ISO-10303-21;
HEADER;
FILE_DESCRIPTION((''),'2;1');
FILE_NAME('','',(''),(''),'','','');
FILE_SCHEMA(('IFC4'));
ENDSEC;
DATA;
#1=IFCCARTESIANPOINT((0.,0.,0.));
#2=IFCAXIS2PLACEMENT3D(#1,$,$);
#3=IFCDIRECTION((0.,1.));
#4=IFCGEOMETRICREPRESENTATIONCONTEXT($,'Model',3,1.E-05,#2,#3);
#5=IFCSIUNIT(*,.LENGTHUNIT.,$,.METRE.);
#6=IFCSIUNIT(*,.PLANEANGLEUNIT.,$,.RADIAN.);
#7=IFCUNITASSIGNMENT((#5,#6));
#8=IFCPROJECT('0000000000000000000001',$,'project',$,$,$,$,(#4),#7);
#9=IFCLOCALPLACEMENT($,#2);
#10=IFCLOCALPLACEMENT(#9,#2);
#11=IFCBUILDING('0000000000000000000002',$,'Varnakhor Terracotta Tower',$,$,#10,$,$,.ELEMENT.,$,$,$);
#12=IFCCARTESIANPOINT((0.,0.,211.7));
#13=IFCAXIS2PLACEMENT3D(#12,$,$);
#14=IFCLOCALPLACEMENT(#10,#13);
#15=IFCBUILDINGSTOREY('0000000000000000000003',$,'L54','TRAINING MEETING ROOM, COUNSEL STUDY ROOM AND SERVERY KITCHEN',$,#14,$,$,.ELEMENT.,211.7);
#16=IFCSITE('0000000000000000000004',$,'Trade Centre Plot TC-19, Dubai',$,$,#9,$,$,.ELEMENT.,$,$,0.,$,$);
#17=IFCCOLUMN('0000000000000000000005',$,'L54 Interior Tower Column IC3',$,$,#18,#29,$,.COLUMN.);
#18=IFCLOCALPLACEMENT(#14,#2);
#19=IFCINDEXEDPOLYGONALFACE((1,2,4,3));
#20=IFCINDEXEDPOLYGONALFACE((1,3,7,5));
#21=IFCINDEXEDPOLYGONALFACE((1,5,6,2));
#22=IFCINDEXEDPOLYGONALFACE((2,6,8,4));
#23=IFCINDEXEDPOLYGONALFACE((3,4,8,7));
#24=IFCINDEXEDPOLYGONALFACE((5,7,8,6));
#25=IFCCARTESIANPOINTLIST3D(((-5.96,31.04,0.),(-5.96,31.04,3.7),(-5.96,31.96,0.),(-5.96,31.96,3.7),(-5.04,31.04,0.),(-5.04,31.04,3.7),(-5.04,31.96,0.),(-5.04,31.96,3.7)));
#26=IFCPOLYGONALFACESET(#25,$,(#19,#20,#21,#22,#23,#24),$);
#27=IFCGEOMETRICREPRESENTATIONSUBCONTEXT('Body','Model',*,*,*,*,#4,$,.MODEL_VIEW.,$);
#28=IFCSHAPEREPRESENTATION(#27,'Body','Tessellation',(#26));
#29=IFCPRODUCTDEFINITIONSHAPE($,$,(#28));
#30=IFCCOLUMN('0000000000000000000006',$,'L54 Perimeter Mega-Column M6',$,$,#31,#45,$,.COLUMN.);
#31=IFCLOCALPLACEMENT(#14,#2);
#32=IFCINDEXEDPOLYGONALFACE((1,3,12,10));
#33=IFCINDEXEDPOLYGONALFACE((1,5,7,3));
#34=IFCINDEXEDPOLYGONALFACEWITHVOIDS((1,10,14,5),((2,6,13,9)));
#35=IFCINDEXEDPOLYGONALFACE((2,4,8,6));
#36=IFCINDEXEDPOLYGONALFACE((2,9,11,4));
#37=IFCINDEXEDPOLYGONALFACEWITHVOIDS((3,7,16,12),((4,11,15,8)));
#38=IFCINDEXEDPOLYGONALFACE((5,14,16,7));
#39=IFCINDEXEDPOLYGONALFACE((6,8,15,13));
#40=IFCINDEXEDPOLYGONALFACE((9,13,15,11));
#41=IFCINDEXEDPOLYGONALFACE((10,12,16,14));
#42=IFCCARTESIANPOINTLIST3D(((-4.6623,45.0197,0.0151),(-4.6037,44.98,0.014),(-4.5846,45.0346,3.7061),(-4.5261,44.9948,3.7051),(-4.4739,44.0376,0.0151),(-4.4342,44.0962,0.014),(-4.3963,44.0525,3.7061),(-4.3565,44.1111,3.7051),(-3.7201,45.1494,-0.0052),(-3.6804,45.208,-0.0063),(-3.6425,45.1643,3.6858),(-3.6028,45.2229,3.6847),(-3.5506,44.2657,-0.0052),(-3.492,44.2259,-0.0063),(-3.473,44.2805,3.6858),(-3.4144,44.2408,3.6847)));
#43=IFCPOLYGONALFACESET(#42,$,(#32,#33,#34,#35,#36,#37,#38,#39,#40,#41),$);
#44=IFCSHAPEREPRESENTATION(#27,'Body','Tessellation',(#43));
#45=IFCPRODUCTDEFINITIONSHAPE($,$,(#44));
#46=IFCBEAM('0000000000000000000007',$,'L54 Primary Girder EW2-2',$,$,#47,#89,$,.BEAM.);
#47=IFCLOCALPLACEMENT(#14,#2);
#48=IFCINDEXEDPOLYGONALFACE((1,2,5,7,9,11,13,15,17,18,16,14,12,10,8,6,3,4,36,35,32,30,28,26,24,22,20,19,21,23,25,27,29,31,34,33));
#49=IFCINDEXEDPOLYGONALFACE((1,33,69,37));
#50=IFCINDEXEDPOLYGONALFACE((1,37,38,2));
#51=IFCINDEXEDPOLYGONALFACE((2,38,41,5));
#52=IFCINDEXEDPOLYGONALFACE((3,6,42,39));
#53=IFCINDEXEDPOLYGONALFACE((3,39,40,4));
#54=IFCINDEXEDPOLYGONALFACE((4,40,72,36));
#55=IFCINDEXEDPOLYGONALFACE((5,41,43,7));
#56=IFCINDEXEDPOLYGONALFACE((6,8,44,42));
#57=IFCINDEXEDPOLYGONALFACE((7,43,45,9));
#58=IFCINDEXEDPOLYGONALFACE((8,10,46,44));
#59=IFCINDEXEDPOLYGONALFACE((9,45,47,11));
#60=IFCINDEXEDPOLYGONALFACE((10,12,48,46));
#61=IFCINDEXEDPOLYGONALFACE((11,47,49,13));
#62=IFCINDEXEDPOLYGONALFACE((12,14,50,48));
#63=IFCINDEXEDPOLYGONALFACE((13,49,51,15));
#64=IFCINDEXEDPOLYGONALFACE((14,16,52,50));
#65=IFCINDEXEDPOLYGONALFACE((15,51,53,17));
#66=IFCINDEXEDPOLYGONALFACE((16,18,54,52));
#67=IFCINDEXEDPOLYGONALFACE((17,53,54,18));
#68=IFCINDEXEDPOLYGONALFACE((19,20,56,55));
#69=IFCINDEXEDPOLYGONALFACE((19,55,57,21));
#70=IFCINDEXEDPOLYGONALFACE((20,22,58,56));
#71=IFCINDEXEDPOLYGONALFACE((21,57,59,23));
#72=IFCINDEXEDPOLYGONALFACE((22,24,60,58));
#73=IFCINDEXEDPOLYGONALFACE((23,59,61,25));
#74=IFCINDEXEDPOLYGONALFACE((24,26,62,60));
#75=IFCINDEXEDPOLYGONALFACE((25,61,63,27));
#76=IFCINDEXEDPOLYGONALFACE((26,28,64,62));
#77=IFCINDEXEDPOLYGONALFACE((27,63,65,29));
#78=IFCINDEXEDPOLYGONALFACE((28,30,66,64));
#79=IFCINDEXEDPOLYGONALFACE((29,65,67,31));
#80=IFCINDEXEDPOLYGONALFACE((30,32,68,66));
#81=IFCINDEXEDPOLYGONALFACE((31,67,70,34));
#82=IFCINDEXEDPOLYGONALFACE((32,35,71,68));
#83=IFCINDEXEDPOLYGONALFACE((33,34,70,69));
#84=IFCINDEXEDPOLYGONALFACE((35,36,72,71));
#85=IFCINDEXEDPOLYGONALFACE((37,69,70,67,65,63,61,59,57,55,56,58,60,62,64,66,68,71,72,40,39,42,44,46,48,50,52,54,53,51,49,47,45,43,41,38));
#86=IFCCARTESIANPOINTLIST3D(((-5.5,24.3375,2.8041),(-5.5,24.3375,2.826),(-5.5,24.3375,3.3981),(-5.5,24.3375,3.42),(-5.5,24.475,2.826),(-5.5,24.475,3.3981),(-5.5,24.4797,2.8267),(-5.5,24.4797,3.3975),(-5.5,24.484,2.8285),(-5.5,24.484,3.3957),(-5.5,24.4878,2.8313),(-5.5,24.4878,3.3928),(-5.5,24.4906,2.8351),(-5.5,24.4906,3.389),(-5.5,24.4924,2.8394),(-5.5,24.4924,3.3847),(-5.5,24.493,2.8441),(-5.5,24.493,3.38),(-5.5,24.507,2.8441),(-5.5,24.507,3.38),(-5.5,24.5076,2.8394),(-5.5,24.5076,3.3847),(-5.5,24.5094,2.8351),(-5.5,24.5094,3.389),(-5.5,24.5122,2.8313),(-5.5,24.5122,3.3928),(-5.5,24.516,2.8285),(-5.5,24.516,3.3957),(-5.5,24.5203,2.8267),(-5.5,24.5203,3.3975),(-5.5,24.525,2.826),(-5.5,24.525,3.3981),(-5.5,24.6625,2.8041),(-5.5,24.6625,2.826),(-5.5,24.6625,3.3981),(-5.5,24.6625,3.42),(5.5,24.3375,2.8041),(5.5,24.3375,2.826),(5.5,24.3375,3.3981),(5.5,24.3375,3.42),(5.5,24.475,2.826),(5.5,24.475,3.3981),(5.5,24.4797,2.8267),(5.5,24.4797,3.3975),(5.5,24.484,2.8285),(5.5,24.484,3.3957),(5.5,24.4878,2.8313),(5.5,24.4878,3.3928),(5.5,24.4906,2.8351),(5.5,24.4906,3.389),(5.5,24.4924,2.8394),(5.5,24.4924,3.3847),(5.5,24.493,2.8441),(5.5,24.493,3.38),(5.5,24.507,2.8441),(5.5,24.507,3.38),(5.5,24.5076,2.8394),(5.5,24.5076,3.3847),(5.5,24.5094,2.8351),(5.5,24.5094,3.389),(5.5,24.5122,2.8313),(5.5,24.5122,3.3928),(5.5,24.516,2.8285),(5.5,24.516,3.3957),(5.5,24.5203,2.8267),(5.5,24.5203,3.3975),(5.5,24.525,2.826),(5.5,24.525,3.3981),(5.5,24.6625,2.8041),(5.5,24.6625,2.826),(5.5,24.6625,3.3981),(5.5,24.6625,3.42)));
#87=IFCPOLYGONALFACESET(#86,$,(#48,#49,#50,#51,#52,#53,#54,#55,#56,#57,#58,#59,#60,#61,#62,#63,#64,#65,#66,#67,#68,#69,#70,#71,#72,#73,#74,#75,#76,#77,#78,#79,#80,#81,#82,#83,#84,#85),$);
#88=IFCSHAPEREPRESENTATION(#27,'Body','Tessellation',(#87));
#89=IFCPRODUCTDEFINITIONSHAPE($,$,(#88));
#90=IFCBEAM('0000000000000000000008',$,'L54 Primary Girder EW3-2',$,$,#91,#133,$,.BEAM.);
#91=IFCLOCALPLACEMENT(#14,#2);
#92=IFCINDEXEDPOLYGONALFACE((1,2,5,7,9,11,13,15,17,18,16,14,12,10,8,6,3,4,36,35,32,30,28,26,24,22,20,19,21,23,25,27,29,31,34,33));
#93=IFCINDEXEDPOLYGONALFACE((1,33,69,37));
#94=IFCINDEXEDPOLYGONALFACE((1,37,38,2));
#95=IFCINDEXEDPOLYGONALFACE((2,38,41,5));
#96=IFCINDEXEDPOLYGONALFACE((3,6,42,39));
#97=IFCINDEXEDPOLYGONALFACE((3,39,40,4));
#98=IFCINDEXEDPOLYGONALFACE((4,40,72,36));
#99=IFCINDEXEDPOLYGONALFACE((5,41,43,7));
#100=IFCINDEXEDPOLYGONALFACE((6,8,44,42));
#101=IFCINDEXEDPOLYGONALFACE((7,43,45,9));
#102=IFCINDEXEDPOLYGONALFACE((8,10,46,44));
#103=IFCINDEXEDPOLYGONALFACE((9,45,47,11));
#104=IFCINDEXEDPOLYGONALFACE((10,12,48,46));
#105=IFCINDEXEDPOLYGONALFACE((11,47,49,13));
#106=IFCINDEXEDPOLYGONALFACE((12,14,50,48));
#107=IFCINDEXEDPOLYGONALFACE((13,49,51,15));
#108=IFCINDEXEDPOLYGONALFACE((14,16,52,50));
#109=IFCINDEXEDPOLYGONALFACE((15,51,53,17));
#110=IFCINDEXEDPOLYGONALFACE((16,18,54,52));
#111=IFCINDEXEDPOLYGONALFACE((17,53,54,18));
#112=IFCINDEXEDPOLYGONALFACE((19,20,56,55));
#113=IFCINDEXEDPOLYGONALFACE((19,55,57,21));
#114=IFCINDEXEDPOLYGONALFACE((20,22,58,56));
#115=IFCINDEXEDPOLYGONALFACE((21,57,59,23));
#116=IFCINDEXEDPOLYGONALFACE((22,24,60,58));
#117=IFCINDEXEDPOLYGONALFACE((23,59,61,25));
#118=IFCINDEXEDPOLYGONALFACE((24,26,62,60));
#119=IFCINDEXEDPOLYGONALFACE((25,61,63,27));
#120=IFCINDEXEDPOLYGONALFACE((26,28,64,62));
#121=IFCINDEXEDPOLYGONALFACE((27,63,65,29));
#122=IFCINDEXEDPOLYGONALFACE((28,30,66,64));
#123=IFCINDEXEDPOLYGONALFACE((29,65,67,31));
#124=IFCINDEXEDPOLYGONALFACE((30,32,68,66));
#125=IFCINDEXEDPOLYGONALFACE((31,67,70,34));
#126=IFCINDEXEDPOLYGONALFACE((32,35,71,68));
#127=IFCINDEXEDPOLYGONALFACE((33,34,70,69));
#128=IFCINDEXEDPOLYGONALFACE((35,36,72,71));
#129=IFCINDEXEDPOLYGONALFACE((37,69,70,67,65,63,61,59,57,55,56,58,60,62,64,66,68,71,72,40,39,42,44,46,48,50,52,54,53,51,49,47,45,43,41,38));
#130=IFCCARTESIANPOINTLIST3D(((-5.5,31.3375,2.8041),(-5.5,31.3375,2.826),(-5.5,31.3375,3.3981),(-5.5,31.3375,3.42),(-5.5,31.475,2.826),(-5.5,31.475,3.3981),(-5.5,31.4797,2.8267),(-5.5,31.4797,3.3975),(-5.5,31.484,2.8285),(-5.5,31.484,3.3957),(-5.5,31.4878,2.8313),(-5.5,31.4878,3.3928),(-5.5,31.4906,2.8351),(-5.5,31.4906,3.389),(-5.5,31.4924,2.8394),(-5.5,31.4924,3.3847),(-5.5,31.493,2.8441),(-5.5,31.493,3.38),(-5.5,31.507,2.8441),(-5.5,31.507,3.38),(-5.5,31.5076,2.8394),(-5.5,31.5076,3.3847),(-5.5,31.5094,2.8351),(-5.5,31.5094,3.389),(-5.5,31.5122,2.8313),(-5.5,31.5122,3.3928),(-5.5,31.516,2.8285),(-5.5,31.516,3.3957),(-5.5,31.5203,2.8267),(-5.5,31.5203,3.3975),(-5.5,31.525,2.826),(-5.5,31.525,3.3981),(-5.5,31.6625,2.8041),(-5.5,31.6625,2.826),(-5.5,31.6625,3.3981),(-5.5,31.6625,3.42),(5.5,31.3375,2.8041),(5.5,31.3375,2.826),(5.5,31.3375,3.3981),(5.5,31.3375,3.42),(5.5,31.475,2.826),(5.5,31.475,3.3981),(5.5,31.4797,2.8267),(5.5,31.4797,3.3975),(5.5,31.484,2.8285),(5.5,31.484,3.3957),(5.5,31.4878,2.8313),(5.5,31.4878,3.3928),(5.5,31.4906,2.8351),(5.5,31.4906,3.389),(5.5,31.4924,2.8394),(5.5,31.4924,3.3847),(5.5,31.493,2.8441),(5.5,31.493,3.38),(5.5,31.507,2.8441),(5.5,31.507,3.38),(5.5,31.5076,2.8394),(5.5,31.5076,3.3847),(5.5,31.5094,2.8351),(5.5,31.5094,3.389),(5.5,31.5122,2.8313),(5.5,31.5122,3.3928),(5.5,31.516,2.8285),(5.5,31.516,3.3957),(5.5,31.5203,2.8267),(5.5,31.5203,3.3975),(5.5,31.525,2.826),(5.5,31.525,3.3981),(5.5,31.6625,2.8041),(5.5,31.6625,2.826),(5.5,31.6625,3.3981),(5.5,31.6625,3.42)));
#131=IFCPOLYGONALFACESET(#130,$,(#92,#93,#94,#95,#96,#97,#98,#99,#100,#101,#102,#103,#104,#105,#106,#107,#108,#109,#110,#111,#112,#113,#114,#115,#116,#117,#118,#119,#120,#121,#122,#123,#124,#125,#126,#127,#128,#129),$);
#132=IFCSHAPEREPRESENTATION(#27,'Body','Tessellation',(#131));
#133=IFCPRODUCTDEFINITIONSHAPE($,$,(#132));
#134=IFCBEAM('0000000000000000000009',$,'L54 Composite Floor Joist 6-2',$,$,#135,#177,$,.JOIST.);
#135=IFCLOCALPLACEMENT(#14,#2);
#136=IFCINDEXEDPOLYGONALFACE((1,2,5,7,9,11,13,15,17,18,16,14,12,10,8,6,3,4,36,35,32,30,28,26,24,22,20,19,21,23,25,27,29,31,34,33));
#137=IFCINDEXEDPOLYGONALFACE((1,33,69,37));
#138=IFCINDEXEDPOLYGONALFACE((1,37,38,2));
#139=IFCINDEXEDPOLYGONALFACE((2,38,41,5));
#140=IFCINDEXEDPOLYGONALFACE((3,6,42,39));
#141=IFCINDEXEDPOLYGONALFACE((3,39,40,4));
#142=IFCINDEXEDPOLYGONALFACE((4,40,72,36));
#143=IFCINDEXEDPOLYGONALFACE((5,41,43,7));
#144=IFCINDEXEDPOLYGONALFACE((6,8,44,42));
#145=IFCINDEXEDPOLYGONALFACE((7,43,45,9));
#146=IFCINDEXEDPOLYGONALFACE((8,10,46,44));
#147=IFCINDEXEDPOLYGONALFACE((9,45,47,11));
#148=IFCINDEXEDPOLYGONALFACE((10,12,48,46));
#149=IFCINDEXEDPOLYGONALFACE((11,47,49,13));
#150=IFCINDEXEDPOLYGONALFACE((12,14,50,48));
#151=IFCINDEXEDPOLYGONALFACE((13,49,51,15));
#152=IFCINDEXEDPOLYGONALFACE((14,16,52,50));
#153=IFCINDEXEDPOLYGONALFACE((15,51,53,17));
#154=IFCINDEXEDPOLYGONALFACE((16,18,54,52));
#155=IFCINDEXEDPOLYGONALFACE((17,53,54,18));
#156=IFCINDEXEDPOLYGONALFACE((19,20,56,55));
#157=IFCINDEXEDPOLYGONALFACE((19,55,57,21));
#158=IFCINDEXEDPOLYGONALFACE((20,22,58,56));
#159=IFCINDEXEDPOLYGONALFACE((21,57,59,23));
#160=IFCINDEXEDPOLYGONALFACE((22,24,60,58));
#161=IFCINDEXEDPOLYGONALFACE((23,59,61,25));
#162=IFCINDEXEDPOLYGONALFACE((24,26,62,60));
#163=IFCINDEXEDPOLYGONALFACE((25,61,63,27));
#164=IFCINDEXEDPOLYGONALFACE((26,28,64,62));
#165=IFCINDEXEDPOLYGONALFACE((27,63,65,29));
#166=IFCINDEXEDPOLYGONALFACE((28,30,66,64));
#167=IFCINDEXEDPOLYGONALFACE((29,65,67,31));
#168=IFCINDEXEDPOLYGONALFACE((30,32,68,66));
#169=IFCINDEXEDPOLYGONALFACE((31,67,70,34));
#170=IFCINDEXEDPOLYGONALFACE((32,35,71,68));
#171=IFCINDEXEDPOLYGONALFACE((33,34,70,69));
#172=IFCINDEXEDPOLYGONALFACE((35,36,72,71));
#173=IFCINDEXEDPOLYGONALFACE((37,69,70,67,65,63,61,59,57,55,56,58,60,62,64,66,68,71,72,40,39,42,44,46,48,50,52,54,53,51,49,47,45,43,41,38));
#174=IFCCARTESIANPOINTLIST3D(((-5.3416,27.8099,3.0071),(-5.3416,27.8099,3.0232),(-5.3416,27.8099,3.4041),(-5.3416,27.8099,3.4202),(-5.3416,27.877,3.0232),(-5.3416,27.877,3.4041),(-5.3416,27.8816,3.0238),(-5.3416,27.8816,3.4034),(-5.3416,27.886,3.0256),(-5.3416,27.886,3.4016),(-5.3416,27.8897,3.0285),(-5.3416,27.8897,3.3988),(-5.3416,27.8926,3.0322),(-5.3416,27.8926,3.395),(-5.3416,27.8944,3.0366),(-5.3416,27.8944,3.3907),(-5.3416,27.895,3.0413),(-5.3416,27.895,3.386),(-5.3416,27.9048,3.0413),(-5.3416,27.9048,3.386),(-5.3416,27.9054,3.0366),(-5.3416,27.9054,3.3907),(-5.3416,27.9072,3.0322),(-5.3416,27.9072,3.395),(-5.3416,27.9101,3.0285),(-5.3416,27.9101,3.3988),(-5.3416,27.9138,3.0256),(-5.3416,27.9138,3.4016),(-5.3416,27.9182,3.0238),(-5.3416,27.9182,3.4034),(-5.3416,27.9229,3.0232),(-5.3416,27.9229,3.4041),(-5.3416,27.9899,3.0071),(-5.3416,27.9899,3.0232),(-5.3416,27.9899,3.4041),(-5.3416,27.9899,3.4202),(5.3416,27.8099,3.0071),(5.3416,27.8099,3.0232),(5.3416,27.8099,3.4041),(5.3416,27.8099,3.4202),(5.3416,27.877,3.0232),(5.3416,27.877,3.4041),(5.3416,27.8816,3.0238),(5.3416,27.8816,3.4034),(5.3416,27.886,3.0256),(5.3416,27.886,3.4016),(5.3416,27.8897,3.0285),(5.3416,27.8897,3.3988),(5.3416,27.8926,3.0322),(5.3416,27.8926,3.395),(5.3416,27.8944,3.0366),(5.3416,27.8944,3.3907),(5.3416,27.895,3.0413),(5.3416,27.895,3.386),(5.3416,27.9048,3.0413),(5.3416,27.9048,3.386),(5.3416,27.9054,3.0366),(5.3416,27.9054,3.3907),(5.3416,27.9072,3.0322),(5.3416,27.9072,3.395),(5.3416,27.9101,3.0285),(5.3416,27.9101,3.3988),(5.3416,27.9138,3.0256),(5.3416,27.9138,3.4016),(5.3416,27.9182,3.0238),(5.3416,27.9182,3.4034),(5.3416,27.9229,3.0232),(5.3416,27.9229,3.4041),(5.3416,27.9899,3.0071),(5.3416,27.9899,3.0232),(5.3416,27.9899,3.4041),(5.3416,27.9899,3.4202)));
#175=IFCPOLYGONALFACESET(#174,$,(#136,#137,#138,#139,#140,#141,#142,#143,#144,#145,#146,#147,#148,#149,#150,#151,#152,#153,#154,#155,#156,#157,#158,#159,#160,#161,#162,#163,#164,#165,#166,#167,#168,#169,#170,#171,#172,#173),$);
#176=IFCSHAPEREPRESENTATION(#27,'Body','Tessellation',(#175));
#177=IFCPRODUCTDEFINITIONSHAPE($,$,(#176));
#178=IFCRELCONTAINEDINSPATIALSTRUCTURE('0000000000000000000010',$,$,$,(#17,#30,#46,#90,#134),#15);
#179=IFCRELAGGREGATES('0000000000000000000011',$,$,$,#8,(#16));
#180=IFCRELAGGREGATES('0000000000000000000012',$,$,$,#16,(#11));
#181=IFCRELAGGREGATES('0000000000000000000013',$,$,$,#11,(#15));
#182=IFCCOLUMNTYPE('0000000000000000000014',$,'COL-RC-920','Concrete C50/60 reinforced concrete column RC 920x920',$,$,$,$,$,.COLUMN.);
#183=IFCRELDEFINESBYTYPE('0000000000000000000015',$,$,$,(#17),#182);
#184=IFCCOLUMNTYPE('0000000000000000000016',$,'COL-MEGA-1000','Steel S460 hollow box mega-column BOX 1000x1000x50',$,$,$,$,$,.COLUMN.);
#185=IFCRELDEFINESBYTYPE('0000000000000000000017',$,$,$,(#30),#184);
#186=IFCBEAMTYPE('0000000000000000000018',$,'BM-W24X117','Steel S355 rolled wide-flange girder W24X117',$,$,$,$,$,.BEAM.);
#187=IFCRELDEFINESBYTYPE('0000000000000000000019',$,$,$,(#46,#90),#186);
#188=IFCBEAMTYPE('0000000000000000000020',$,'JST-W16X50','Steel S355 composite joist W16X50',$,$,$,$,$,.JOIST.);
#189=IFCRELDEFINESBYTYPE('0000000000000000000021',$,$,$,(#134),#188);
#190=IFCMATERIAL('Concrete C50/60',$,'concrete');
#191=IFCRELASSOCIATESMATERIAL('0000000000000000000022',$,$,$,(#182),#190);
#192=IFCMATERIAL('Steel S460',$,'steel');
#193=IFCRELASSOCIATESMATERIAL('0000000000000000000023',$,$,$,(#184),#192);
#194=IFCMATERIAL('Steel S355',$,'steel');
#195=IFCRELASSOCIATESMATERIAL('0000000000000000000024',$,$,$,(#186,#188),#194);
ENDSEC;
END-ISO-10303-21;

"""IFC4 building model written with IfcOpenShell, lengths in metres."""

from ifc_helpers import new_model, si_unit, direction, frame, origin, origin_2d, place, context, subcontext, project, spatial, rectangle, hollow_rectangle, i_section, extrude, source, transform, mapped, material, material_profile, profile_set, type_object, element, save


model = new_model("IFC4")

# Units and contexts
model_context = context("Model", 3, precision=1e-05, world=origin(), true_north=direction((0.0, 1.0)))
body_context = subcontext(model_context, "Body", "Model", "MODEL_VIEW")
ifc_project = project(units=[si_unit("LENGTHUNIT", "METRE"), si_unit("PLANEANGLEUNIT", "RADIAN")], contexts=[model_context])

# Site, building, storey
site_placement = place(None, origin())
site = spatial("IfcSite", under=ifc_project, at=site_placement, Name="Trade Centre Plot TC-19, Dubai", CompositionType="ELEMENT", RefElevation=0.0)
building_placement = place(site_placement, origin())
building = spatial("IfcBuilding", under=site, at=building_placement, Name="Varnakhor Terracotta Tower", CompositionType="ELEMENT")
storey_placement = place(building_placement, frame((0.0, 0.0, 211.7)))
storey = spatial("IfcBuildingStorey", under=building, at=storey_placement, Name="L54", Description="TRAINING MEETING ROOM, COUNSEL STUDY ROOM AND SERVERY KITCHEN", CompositionType="ELEMENT", Elevation=211.7)

# Columns
ifc_material_1 = material(Name="Concrete C50/60", Category="concrete")
ifc_material_profile_1 = material_profile(ifc_material_1, rectangle(XDim=0.9199, YDim=0.9199, at=origin_2d()), Name="RC 920x920")
ifc_profile_set_1 = profile_set([ifc_material_profile_1], Name="Concrete C50/60")
column_type_1 = type_object("IfcColumnType", Name="COL-RC-920", Description="Concrete C50/60 reinforced concrete column RC 920x920", PredefinedType="COLUMN", material=ifc_profile_set_1)
shared_shape_1 = source(origin(), body_context, "Body", "SweptSolid", [
    extrude(rectangle(XDim=0.9199, YDim=0.9199, at=origin_2d()), origin(), (0.0, 0.0, 1.0), 3.7),
])
column_1_placement = place(storey_placement, frame((-5.5, 31.5, 0.0), z_axis=(0.0, 0.0, 1.0), x_axis=(1.0, 0.0, 0.0)))
element("IfcColumn", 1, at=column_1_placement, inside=storey, type_object=column_type_1, Name="L54 Interior Tower Column IC3", PredefinedType="COLUMN", context=body_context, shape_type="MappedRepresentation", body=[
    mapped(shared_shape_1, transform((0.0, 0.0, 0.0), scale=1.0)),
])
ifc_material_2 = material(Name="Steel S460", Category="steel")
ifc_material_profile_2 = material_profile(ifc_material_2, hollow_rectangle(XDim=1.0, YDim=1.0, WallThickness=0.05, at=origin_2d()), Name="BOX 1000x1000x50")
ifc_profile_set_2 = profile_set([ifc_material_profile_2], Name="Steel S460")
column_type_2 = type_object("IfcColumnType", Name="COL-MEGA-1000", Description="Steel S460 hollow box mega-column BOX 1000x1000x50", PredefinedType="COLUMN", material=ifc_profile_set_2)
shared_shape_2 = source(origin(), body_context, "Body", "SweptSolid", [
    extrude(hollow_rectangle(XDim=1.0, YDim=1.0, WallThickness=0.05, at=origin_2d()), origin(), (0.0, 0.0, 1.0), 3.6919),
])
column_2_placement = place(storey_placement, frame((-4.0771, 44.6228, 0.0044), z_axis=(0.021028, 0.004034, 0.999771), x_axis=(-0.188389, 0.982094, 0.0)))
element("IfcColumn", 2, at=column_2_placement, inside=storey, type_object=column_type_2, Name="L54 Perimeter Mega-Column M6", PredefinedType="COLUMN", context=body_context, shape_type="MappedRepresentation", body=[
    mapped(shared_shape_2, transform((0.0, 0.0, 0.0), scale=1.0)),
])

# Beams
ifc_material_3 = material(Name="Steel S355", Category="steel")
ifc_material_profile_3 = material_profile(ifc_material_3, i_section(OverallWidth=0.325, OverallDepth=0.616, WebThickness=0.0139, FlangeThickness=0.022, FilletRadius=0.0181, at=origin_2d()), Name="W24X117")
ifc_profile_set_3 = profile_set([ifc_material_profile_3], Name="Steel S355")
beam_type_1 = type_object("IfcBeamType", Name="BM-W24X117", Description="Steel S355 rolled wide-flange girder W24X117", PredefinedType="BEAM", material=ifc_profile_set_3)
shared_shape_3 = source(origin(), body_context, "Body", "SweptSolid", [
    extrude(i_section(OverallWidth=0.325, OverallDepth=0.616, WebThickness=0.0139, FlangeThickness=0.022, FilletRadius=0.0181, at=origin_2d()), origin(), (0.0, 0.0, 1.0), 11.0),
])
for number, where, z_axis, x_axis, name in (
    (3, (-5.5, 24.5, 3.1121), (1.0, 0.0, 0.0), (0.0, 1.0, 0.0), "L54 Primary Girder EW2-2"),
    (4, (-5.5, 31.5, 3.1121), (1.0, 0.0, 0.0), (0.0, 1.0, 0.0), "L54 Primary Girder EW3-2"),
):
    element("IfcBeam", number, at=place(storey_placement, frame(where, z_axis=z_axis, x_axis=x_axis)), inside=storey, type_object=beam_type_1, Name=name, PredefinedType="BEAM", context=body_context, shape_type="MappedRepresentation", body=[
        mapped(shared_shape_3, transform((0.0, 0.0, 0.0), scale=1.0)),
    ])
ifc_material_profile_4 = material_profile(ifc_material_3, i_section(OverallWidth=0.1799, OverallDepth=0.4131, WebThickness=0.0098, FlangeThickness=0.0161, FilletRadius=0.0181, at=origin_2d()), Name="W16X50")
ifc_profile_set_4 = profile_set([ifc_material_profile_4], Name="Steel S355")
beam_type_2 = type_object("IfcBeamType", Name="JST-W16X50", Description="Steel S355 composite joist W16X50", PredefinedType="JOIST", material=ifc_profile_set_4)
shared_shape_4 = source(origin(), body_context, "Body", "SweptSolid", [
    extrude(i_section(OverallWidth=0.1799, OverallDepth=0.4131, WebThickness=0.0098, FlangeThickness=0.0161, FilletRadius=0.0181, at=origin_2d()), origin(), (0.0, 0.0, 1.0), 10.6831),
])
for number, where, z_axis, x_axis, name in (
    (5, (-5.3416, 27.8999, 3.2136), (1.0, 0.0, 0.0), (0.0, 1.0, 0.0), "L54 Composite Floor Joist 6-2"),
):
    element("IfcBeam", number, at=place(storey_placement, frame(where, z_axis=z_axis, x_axis=x_axis)), inside=storey, type_object=beam_type_2, Name=name, PredefinedType="JOIST", context=body_context, shape_type="MappedRepresentation", body=[
        mapped(shared_shape_4, transform((0.0, 0.0, 0.0), scale=1.0)),
    ])

save(model, "model.ifc")
